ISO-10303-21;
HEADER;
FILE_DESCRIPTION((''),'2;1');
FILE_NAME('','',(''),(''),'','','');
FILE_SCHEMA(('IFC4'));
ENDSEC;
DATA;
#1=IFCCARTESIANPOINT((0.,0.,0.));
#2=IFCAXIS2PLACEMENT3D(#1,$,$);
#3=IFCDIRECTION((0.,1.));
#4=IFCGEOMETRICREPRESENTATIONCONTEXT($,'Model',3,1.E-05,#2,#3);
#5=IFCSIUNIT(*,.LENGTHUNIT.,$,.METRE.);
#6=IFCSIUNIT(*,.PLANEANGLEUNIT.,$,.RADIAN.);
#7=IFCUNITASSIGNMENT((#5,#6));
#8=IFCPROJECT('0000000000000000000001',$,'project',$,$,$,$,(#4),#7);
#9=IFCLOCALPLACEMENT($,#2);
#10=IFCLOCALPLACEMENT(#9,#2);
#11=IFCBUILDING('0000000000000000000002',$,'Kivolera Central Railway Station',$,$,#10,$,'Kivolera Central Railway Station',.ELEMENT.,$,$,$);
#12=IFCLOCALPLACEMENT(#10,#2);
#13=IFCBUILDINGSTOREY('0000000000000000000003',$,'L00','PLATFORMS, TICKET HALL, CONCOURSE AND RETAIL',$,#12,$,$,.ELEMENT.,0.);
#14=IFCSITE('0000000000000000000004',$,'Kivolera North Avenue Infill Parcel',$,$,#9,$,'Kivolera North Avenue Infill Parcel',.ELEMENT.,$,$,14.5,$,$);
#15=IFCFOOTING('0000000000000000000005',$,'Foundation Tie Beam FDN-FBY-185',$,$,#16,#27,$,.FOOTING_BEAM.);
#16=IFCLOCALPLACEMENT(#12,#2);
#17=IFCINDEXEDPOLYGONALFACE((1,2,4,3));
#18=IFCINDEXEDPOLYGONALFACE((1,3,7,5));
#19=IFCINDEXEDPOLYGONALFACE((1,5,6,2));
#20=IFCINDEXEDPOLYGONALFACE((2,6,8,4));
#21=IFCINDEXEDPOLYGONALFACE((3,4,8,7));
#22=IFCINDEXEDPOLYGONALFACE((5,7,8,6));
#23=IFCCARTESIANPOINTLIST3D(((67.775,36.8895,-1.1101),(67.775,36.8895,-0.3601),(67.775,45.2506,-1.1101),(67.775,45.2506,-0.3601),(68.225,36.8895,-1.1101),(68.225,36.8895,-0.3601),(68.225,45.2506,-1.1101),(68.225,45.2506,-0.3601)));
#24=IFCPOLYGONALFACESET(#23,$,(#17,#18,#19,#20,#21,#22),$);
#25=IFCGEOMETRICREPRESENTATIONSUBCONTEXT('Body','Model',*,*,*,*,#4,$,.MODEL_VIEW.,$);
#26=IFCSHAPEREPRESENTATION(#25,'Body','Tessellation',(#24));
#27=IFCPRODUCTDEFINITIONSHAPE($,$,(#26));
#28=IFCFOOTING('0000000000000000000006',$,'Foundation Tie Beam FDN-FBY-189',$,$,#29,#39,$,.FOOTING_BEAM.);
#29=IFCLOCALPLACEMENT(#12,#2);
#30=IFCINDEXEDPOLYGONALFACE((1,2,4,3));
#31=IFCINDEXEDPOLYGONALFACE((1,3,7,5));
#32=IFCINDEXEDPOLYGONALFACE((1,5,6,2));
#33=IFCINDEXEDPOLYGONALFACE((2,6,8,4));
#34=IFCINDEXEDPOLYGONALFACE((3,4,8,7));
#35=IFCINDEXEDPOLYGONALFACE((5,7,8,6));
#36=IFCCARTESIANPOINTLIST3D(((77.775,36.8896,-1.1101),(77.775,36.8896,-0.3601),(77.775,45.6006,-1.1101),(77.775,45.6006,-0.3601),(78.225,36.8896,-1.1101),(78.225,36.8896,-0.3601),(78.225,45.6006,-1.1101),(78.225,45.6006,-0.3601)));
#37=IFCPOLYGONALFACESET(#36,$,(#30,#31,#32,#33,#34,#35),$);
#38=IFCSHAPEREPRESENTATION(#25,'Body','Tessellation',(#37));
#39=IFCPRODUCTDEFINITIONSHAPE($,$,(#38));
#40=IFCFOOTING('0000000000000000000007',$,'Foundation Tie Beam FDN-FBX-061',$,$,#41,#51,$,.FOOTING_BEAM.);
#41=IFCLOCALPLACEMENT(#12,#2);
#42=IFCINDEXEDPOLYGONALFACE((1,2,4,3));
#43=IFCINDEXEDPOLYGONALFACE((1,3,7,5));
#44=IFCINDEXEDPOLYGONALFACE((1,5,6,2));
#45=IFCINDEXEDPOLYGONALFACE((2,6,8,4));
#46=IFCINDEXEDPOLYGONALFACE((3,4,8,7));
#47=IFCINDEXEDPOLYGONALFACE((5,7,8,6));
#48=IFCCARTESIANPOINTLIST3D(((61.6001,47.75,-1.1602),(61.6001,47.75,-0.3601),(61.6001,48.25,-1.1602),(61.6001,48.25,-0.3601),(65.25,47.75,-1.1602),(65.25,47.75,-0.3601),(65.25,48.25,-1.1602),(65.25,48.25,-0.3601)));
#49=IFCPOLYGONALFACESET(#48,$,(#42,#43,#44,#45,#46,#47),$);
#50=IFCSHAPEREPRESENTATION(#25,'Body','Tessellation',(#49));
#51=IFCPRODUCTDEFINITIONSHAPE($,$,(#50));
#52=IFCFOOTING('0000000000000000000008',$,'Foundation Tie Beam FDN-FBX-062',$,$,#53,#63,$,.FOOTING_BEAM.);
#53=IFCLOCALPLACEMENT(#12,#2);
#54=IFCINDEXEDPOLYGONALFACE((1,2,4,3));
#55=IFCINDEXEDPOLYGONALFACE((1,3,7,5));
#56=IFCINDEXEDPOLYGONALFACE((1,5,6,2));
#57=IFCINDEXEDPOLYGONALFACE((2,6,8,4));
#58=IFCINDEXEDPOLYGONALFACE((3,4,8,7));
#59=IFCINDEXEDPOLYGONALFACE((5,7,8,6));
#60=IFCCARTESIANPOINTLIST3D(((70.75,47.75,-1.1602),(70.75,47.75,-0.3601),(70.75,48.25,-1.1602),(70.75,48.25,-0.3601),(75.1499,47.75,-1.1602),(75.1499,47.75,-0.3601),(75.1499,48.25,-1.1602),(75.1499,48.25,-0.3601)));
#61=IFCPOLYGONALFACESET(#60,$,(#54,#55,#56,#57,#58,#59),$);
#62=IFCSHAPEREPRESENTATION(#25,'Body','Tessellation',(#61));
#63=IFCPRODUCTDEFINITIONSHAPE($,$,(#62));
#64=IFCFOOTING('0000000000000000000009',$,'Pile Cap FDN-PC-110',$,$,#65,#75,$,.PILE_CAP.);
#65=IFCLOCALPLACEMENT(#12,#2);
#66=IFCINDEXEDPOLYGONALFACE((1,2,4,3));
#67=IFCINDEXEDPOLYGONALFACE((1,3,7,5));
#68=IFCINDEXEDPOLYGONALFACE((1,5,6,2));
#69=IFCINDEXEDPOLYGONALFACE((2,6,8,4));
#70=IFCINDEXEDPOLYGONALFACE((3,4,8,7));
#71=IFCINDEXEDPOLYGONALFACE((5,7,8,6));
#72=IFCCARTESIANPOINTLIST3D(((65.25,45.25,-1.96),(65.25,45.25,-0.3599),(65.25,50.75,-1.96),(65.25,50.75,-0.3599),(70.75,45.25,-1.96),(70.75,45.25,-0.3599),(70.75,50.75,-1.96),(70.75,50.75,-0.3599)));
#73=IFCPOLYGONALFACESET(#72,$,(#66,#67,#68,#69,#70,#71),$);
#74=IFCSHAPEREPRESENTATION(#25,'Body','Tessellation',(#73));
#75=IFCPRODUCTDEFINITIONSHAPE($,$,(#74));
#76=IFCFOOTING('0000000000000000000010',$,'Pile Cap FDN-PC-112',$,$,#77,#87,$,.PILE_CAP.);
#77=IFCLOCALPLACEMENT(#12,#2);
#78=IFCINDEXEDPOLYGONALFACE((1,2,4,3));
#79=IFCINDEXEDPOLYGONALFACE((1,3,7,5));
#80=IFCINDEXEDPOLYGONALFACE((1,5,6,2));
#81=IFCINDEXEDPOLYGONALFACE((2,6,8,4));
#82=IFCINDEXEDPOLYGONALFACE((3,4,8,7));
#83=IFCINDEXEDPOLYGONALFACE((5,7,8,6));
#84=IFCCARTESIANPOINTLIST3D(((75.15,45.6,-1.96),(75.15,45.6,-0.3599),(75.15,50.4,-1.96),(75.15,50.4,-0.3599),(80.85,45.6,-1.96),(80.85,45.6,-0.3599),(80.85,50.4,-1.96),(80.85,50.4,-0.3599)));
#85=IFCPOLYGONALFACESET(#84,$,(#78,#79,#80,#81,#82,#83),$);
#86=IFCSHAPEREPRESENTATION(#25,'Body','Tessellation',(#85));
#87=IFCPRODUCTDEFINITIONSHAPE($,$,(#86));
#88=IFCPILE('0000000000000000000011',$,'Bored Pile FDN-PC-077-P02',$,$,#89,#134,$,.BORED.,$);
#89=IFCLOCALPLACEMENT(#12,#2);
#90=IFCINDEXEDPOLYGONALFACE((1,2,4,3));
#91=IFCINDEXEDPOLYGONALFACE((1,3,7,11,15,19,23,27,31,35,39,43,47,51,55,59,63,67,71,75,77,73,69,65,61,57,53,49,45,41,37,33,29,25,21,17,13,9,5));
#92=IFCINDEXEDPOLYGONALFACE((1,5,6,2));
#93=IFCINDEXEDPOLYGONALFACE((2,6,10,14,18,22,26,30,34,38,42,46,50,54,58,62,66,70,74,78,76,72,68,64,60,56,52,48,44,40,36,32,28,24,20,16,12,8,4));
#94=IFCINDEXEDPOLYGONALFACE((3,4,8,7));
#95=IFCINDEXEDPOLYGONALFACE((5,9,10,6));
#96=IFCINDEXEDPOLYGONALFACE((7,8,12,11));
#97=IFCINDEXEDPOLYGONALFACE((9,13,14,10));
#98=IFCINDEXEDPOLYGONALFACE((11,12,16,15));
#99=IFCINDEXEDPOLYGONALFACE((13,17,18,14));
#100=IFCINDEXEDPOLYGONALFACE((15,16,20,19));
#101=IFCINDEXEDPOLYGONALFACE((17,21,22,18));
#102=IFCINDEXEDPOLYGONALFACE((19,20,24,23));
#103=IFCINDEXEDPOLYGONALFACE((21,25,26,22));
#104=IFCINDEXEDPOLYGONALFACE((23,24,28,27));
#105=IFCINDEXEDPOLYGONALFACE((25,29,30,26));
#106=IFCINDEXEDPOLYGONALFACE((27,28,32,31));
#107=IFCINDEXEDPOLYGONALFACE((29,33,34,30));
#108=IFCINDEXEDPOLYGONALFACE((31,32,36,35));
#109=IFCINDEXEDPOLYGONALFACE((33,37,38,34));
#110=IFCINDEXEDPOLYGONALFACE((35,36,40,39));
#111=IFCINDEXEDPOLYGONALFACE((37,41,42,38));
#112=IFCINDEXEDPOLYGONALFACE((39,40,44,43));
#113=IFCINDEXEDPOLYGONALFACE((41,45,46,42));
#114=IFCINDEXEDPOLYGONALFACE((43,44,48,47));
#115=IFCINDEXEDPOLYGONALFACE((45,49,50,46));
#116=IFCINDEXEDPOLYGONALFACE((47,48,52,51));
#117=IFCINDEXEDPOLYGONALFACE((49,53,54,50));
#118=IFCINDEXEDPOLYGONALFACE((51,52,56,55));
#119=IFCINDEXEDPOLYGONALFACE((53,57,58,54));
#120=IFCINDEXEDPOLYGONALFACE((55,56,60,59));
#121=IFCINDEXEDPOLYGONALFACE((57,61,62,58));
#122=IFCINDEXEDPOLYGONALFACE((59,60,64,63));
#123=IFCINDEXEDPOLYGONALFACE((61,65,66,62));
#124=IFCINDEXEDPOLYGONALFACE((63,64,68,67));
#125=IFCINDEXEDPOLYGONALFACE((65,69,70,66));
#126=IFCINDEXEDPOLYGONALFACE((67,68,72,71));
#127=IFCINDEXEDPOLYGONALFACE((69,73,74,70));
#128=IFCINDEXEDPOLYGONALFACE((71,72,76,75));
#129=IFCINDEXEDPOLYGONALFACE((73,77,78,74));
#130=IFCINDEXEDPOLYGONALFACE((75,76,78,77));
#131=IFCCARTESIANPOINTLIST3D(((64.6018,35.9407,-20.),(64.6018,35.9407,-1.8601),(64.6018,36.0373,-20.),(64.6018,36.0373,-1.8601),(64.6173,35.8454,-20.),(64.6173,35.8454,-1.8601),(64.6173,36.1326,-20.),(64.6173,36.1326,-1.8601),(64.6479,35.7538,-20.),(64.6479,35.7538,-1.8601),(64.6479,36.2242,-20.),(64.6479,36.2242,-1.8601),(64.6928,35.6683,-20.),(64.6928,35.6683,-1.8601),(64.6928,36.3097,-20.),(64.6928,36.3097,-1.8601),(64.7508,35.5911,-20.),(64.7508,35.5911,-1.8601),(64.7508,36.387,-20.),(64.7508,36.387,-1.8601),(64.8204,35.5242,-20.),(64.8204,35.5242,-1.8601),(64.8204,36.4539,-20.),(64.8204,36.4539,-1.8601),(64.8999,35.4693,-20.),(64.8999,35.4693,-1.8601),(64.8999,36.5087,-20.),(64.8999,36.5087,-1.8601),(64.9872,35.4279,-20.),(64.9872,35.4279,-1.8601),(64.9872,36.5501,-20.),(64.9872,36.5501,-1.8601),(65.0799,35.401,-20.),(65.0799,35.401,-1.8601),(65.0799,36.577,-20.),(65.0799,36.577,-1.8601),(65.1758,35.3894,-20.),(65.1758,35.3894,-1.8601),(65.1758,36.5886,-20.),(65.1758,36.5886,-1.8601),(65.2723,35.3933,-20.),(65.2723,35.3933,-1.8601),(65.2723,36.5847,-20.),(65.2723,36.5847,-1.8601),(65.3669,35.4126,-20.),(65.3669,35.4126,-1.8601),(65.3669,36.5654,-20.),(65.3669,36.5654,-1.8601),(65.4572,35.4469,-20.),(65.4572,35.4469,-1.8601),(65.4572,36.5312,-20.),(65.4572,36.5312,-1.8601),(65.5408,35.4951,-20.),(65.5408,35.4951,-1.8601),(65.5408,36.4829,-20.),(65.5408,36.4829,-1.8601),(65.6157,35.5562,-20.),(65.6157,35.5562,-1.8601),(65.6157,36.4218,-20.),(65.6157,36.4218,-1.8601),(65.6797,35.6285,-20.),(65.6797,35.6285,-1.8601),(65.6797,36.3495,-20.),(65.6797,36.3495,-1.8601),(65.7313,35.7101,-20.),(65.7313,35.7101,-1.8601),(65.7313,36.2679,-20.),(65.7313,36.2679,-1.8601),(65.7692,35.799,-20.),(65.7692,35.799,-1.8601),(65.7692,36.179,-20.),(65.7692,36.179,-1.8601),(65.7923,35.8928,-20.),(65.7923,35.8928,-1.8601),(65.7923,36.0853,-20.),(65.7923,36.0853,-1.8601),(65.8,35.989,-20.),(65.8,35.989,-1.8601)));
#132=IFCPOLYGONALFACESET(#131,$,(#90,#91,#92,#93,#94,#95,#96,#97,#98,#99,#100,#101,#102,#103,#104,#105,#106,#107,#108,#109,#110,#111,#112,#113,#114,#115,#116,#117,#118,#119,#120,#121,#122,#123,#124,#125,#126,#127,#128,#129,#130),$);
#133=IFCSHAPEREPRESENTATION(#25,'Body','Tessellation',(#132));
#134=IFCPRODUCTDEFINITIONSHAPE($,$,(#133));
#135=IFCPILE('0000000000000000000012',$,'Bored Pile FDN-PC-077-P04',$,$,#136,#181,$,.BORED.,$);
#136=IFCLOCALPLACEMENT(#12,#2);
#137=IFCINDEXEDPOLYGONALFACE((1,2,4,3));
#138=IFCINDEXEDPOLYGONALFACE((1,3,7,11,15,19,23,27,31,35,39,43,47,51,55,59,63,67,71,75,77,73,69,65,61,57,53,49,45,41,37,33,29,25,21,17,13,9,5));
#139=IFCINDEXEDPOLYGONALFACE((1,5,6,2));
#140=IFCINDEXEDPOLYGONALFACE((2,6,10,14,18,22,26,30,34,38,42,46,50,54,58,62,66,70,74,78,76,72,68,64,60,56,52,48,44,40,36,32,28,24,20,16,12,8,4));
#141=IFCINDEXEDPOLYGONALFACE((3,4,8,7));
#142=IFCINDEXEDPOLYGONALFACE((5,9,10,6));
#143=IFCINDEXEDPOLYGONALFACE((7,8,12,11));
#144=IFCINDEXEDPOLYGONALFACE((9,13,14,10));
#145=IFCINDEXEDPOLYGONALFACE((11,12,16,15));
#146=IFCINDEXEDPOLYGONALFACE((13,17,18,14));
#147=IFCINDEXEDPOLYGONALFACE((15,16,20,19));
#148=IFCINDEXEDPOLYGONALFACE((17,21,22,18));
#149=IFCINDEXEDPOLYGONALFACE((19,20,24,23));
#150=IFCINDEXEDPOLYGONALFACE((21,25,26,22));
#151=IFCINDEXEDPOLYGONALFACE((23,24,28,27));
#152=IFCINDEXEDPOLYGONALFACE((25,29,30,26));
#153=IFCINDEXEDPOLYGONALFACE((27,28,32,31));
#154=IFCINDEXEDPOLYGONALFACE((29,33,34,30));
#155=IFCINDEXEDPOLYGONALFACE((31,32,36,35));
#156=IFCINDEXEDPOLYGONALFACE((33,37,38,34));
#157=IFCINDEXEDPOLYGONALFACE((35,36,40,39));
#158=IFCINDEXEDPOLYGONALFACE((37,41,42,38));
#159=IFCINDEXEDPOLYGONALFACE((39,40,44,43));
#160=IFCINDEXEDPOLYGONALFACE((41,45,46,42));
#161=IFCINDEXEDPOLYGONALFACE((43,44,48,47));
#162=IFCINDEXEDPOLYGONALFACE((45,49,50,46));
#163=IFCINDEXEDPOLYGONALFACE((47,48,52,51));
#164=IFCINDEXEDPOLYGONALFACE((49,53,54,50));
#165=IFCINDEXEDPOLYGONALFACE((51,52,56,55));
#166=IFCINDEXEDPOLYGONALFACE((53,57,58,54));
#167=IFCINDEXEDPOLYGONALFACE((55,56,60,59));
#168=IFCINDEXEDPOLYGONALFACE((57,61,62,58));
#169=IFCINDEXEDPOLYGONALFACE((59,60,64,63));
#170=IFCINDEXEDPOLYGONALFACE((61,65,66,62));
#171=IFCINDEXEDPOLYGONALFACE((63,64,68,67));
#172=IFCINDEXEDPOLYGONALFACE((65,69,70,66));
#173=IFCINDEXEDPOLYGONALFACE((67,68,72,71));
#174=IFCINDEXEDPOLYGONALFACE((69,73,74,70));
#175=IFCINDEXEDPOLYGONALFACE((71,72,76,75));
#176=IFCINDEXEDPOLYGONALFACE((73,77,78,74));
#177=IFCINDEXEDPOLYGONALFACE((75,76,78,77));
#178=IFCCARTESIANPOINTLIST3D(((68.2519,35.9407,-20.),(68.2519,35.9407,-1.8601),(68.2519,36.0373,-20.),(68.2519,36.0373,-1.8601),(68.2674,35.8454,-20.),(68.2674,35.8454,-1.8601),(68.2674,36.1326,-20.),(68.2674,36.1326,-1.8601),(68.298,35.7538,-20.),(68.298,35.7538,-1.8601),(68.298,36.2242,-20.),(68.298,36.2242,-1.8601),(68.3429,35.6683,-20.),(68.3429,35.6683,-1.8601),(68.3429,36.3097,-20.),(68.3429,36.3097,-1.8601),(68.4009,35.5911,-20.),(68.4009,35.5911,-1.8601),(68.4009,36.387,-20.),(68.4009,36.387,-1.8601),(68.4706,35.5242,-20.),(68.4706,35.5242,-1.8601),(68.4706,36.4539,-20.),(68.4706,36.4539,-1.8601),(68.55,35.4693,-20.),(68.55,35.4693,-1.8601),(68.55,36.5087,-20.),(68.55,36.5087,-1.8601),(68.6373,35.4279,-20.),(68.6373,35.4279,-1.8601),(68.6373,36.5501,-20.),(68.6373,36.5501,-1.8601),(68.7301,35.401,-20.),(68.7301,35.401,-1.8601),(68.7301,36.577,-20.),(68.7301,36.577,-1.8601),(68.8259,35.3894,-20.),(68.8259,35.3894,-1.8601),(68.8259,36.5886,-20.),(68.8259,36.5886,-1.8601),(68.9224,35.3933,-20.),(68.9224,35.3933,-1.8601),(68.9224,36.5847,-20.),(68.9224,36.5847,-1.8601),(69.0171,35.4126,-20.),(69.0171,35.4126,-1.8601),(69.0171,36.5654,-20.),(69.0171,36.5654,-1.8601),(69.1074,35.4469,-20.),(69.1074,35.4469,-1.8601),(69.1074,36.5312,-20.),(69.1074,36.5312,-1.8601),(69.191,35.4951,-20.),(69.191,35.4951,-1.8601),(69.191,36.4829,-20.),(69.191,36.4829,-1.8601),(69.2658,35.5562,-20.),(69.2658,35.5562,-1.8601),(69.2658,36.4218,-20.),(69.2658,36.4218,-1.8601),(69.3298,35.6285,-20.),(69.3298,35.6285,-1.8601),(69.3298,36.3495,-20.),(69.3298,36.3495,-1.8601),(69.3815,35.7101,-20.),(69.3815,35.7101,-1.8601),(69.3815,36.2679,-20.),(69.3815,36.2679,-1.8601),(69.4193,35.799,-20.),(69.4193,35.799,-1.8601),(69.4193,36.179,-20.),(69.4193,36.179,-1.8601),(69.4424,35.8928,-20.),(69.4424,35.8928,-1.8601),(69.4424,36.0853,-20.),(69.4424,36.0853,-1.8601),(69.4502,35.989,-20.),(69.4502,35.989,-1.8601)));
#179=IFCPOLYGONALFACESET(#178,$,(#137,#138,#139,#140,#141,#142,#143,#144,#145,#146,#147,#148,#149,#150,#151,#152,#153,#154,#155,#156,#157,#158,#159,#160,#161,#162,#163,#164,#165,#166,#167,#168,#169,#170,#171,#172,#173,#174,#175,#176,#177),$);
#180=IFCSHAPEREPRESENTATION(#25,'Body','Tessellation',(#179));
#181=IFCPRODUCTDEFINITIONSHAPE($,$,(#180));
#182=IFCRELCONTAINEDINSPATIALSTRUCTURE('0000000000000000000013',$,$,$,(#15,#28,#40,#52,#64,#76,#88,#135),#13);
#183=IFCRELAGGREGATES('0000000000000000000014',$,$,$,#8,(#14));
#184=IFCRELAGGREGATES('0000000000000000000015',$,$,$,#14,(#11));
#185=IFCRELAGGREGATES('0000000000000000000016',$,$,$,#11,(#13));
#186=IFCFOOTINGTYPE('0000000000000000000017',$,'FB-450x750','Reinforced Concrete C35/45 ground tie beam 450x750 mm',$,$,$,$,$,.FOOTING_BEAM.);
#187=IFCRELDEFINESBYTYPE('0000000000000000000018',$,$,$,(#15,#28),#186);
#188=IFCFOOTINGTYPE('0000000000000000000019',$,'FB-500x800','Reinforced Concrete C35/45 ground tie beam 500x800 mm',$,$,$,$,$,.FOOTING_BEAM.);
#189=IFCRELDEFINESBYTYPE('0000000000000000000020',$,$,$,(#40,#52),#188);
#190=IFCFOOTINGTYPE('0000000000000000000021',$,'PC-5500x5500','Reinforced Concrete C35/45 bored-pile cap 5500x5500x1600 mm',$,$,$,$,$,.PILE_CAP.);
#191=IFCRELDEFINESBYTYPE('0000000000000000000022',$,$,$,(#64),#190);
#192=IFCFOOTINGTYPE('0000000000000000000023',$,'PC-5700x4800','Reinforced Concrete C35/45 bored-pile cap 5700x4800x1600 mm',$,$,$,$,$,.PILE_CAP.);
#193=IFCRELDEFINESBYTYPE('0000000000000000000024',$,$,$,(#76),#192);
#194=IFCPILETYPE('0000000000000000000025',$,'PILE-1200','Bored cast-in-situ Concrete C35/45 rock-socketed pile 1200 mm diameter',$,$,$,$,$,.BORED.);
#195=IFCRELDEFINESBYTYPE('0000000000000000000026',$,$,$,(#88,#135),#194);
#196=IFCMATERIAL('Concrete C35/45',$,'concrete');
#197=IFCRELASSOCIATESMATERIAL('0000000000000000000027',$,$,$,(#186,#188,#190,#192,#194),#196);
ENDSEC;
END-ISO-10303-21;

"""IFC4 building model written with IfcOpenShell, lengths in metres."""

from ifc_helpers import new_model, si_unit, direction, frame, origin, origin_2d, place, context, subcontext, project, spatial, rectangle, circle, extrude, material, material_profile, profile_set, type_object, element, save


model = new_model("IFC4")

# Units and contexts
model_context = context("Model", 3, precision=1e-05, world=origin(), true_north=direction((0.0, 1.0)))
body_context = subcontext(model_context, "Body", "Model", "MODEL_VIEW")
ifc_project = project(units=[si_unit("LENGTHUNIT", "METRE"), si_unit("PLANEANGLEUNIT", "RADIAN")], contexts=[model_context])

# Site, building, storey
site_placement = place(None, origin())
site = spatial("IfcSite", under=ifc_project, at=site_placement, Name="Kivolera North Avenue Infill Parcel", LongName="Kivolera North Avenue Infill Parcel", CompositionType="ELEMENT", RefElevation=14.5)
building_placement = place(site_placement, origin())
building = spatial("IfcBuilding", under=site, at=building_placement, Name="Kivolera Central Railway Station", LongName="Kivolera Central Railway Station", CompositionType="ELEMENT")
storey_placement = place(building_placement, origin())
storey = spatial("IfcBuildingStorey", under=building, at=storey_placement, Name="L00", Description="PLATFORMS, TICKET HALL, CONCOURSE AND RETAIL", CompositionType="ELEMENT", Elevation=0.0)

# Footings
ifc_material_1 = material(Name="Concrete C35/45", Category="concrete")
footing_type_1 = type_object("IfcFootingType", Name="FB-450x750", Description="Reinforced Concrete C35/45 ground tie beam 450x750 mm", PredefinedType="FOOTING_BEAM", material=ifc_material_1)
footing_1_placement = place(storey_placement, frame((68.0, 41.0701, -1.1101), z_axis=(0.0, 0.0, 1.0), x_axis=(1.0, 0.0, 0.0)))
element("IfcFooting", 1, at=footing_1_placement, inside=storey, type_object=footing_type_1, Name="Foundation Tie Beam FDN-FBY-185", PredefinedType="FOOTING_BEAM", context=body_context, shape_type="SweptSolid", body=[
    extrude(rectangle(XDim=0.45, YDim=8.3611, at=origin_2d()), origin(), (0.0, 0.0, 1.0), 0.75),
])
footing_2_placement = place(storey_placement, frame((78.0, 41.2451, -1.1101), z_axis=(0.0, 0.0, 1.0), x_axis=(1.0, 0.0, 0.0)))
element("IfcFooting", 2, at=footing_2_placement, inside=storey, type_object=footing_type_1, Name="Foundation Tie Beam FDN-FBY-189", PredefinedType="FOOTING_BEAM", context=body_context, shape_type="SweptSolid", body=[
    extrude(rectangle(XDim=0.45, YDim=8.7109, at=origin_2d()), origin(), (0.0, 0.0, 1.0), 0.75),
])
footing_type_2 = type_object("IfcFootingType", Name="FB-500x800", Description="Reinforced Concrete C35/45 ground tie beam 500x800 mm", PredefinedType="FOOTING_BEAM", material=ifc_material_1)
footing_3_placement = place(storey_placement, frame((63.425, 48.0, -1.1602), z_axis=(0.0, 0.0, 1.0), x_axis=(1.0, 0.0, 0.0)))
element("IfcFooting", 3, at=footing_3_placement, inside=storey, type_object=footing_type_2, Name="Foundation Tie Beam FDN-FBX-061", PredefinedType="FOOTING_BEAM", context=body_context, shape_type="SweptSolid", body=[
    extrude(rectangle(XDim=3.6499, YDim=0.5, at=origin_2d()), origin(), (0.0, 0.0, 1.0), 0.8),
])
footing_4_placement = place(storey_placement, frame((72.95, 48.0, -1.1602), z_axis=(0.0, 0.0, 1.0), x_axis=(1.0, 0.0, 0.0)))
element("IfcFooting", 4, at=footing_4_placement, inside=storey, type_object=footing_type_2, Name="Foundation Tie Beam FDN-FBX-062", PredefinedType="FOOTING_BEAM", context=body_context, shape_type="SweptSolid", body=[
    extrude(rectangle(XDim=4.3999, YDim=0.5, at=origin_2d()), origin(), (0.0, 0.0, 1.0), 0.8),
])
footing_type_3 = type_object("IfcFootingType", Name="PC-5500x5500", Description="Reinforced Concrete C35/45 bored-pile cap 5500x5500x1600 mm", PredefinedType="PILE_CAP", material=ifc_material_1)
footing_5_placement = place(storey_placement, frame((68.0, 48.0, -1.96), z_axis=(0.0, 0.0, 1.0), x_axis=(1.0, 0.0, 0.0)))
element("IfcFooting", 5, at=footing_5_placement, inside=storey, type_object=footing_type_3, Name="Pile Cap FDN-PC-110", PredefinedType="PILE_CAP", context=body_context, shape_type="SweptSolid", body=[
    extrude(rectangle(XDim=5.5, YDim=5.5, at=origin_2d()), origin(), (0.0, 0.0, 1.0), 1.6001),
])
footing_type_4 = type_object("IfcFootingType", Name="PC-5700x4800", Description="Reinforced Concrete C35/45 bored-pile cap 5700x4800x1600 mm", PredefinedType="PILE_CAP", material=ifc_material_1)
footing_6_placement = place(storey_placement, frame((78.0, 48.0, -1.96), z_axis=(0.0, 0.0, 1.0), x_axis=(1.0, 0.0, 0.0)))
element("IfcFooting", 6, at=footing_6_placement, inside=storey, type_object=footing_type_4, Name="Pile Cap FDN-PC-112", PredefinedType="PILE_CAP", context=body_context, shape_type="SweptSolid", body=[
    extrude(rectangle(XDim=5.7, YDim=4.8, at=origin_2d()), origin(), (0.0, 0.0, 1.0), 1.6001),
])

# Piles
ifc_material_profile_1 = material_profile(ifc_material_1, circle(Radius=0.6001, at=origin_2d()), Name="PILE D1200")
ifc_profile_set_1 = profile_set([ifc_material_profile_1], Name="Concrete C35/45")
pile_type = type_object("IfcPileType", Name="PILE-1200", Description="Bored cast-in-situ Concrete C35/45 rock-socketed pile 1200 mm diameter", PredefinedType="BORED", material=ifc_profile_set_1)
for number, where, z_axis, x_axis, name in (
    (7, (65.2, 35.989, -1.8601), (0.0, 0.0, -1.0), (1.0, 0.0, 0.0), "Bored Pile FDN-PC-077-P02"),
    (8, (68.8501, 35.989, -1.8601), (0.0, 0.0, -1.0), (1.0, 0.0, 0.0), "Bored Pile FDN-PC-077-P04"),
):
    element("IfcPile", number, at=place(storey_placement, frame(where, z_axis=z_axis, x_axis=x_axis)), inside=storey, type_object=pile_type, Name=name, PredefinedType="BORED", context=body_context, shape_type="SweptSolid", body=[
        extrude(circle(Radius=0.6001, at=origin_2d()), origin(), (0.0, 0.0, 1.0), 18.1399),
    ])

save(model, "model.ifc")
